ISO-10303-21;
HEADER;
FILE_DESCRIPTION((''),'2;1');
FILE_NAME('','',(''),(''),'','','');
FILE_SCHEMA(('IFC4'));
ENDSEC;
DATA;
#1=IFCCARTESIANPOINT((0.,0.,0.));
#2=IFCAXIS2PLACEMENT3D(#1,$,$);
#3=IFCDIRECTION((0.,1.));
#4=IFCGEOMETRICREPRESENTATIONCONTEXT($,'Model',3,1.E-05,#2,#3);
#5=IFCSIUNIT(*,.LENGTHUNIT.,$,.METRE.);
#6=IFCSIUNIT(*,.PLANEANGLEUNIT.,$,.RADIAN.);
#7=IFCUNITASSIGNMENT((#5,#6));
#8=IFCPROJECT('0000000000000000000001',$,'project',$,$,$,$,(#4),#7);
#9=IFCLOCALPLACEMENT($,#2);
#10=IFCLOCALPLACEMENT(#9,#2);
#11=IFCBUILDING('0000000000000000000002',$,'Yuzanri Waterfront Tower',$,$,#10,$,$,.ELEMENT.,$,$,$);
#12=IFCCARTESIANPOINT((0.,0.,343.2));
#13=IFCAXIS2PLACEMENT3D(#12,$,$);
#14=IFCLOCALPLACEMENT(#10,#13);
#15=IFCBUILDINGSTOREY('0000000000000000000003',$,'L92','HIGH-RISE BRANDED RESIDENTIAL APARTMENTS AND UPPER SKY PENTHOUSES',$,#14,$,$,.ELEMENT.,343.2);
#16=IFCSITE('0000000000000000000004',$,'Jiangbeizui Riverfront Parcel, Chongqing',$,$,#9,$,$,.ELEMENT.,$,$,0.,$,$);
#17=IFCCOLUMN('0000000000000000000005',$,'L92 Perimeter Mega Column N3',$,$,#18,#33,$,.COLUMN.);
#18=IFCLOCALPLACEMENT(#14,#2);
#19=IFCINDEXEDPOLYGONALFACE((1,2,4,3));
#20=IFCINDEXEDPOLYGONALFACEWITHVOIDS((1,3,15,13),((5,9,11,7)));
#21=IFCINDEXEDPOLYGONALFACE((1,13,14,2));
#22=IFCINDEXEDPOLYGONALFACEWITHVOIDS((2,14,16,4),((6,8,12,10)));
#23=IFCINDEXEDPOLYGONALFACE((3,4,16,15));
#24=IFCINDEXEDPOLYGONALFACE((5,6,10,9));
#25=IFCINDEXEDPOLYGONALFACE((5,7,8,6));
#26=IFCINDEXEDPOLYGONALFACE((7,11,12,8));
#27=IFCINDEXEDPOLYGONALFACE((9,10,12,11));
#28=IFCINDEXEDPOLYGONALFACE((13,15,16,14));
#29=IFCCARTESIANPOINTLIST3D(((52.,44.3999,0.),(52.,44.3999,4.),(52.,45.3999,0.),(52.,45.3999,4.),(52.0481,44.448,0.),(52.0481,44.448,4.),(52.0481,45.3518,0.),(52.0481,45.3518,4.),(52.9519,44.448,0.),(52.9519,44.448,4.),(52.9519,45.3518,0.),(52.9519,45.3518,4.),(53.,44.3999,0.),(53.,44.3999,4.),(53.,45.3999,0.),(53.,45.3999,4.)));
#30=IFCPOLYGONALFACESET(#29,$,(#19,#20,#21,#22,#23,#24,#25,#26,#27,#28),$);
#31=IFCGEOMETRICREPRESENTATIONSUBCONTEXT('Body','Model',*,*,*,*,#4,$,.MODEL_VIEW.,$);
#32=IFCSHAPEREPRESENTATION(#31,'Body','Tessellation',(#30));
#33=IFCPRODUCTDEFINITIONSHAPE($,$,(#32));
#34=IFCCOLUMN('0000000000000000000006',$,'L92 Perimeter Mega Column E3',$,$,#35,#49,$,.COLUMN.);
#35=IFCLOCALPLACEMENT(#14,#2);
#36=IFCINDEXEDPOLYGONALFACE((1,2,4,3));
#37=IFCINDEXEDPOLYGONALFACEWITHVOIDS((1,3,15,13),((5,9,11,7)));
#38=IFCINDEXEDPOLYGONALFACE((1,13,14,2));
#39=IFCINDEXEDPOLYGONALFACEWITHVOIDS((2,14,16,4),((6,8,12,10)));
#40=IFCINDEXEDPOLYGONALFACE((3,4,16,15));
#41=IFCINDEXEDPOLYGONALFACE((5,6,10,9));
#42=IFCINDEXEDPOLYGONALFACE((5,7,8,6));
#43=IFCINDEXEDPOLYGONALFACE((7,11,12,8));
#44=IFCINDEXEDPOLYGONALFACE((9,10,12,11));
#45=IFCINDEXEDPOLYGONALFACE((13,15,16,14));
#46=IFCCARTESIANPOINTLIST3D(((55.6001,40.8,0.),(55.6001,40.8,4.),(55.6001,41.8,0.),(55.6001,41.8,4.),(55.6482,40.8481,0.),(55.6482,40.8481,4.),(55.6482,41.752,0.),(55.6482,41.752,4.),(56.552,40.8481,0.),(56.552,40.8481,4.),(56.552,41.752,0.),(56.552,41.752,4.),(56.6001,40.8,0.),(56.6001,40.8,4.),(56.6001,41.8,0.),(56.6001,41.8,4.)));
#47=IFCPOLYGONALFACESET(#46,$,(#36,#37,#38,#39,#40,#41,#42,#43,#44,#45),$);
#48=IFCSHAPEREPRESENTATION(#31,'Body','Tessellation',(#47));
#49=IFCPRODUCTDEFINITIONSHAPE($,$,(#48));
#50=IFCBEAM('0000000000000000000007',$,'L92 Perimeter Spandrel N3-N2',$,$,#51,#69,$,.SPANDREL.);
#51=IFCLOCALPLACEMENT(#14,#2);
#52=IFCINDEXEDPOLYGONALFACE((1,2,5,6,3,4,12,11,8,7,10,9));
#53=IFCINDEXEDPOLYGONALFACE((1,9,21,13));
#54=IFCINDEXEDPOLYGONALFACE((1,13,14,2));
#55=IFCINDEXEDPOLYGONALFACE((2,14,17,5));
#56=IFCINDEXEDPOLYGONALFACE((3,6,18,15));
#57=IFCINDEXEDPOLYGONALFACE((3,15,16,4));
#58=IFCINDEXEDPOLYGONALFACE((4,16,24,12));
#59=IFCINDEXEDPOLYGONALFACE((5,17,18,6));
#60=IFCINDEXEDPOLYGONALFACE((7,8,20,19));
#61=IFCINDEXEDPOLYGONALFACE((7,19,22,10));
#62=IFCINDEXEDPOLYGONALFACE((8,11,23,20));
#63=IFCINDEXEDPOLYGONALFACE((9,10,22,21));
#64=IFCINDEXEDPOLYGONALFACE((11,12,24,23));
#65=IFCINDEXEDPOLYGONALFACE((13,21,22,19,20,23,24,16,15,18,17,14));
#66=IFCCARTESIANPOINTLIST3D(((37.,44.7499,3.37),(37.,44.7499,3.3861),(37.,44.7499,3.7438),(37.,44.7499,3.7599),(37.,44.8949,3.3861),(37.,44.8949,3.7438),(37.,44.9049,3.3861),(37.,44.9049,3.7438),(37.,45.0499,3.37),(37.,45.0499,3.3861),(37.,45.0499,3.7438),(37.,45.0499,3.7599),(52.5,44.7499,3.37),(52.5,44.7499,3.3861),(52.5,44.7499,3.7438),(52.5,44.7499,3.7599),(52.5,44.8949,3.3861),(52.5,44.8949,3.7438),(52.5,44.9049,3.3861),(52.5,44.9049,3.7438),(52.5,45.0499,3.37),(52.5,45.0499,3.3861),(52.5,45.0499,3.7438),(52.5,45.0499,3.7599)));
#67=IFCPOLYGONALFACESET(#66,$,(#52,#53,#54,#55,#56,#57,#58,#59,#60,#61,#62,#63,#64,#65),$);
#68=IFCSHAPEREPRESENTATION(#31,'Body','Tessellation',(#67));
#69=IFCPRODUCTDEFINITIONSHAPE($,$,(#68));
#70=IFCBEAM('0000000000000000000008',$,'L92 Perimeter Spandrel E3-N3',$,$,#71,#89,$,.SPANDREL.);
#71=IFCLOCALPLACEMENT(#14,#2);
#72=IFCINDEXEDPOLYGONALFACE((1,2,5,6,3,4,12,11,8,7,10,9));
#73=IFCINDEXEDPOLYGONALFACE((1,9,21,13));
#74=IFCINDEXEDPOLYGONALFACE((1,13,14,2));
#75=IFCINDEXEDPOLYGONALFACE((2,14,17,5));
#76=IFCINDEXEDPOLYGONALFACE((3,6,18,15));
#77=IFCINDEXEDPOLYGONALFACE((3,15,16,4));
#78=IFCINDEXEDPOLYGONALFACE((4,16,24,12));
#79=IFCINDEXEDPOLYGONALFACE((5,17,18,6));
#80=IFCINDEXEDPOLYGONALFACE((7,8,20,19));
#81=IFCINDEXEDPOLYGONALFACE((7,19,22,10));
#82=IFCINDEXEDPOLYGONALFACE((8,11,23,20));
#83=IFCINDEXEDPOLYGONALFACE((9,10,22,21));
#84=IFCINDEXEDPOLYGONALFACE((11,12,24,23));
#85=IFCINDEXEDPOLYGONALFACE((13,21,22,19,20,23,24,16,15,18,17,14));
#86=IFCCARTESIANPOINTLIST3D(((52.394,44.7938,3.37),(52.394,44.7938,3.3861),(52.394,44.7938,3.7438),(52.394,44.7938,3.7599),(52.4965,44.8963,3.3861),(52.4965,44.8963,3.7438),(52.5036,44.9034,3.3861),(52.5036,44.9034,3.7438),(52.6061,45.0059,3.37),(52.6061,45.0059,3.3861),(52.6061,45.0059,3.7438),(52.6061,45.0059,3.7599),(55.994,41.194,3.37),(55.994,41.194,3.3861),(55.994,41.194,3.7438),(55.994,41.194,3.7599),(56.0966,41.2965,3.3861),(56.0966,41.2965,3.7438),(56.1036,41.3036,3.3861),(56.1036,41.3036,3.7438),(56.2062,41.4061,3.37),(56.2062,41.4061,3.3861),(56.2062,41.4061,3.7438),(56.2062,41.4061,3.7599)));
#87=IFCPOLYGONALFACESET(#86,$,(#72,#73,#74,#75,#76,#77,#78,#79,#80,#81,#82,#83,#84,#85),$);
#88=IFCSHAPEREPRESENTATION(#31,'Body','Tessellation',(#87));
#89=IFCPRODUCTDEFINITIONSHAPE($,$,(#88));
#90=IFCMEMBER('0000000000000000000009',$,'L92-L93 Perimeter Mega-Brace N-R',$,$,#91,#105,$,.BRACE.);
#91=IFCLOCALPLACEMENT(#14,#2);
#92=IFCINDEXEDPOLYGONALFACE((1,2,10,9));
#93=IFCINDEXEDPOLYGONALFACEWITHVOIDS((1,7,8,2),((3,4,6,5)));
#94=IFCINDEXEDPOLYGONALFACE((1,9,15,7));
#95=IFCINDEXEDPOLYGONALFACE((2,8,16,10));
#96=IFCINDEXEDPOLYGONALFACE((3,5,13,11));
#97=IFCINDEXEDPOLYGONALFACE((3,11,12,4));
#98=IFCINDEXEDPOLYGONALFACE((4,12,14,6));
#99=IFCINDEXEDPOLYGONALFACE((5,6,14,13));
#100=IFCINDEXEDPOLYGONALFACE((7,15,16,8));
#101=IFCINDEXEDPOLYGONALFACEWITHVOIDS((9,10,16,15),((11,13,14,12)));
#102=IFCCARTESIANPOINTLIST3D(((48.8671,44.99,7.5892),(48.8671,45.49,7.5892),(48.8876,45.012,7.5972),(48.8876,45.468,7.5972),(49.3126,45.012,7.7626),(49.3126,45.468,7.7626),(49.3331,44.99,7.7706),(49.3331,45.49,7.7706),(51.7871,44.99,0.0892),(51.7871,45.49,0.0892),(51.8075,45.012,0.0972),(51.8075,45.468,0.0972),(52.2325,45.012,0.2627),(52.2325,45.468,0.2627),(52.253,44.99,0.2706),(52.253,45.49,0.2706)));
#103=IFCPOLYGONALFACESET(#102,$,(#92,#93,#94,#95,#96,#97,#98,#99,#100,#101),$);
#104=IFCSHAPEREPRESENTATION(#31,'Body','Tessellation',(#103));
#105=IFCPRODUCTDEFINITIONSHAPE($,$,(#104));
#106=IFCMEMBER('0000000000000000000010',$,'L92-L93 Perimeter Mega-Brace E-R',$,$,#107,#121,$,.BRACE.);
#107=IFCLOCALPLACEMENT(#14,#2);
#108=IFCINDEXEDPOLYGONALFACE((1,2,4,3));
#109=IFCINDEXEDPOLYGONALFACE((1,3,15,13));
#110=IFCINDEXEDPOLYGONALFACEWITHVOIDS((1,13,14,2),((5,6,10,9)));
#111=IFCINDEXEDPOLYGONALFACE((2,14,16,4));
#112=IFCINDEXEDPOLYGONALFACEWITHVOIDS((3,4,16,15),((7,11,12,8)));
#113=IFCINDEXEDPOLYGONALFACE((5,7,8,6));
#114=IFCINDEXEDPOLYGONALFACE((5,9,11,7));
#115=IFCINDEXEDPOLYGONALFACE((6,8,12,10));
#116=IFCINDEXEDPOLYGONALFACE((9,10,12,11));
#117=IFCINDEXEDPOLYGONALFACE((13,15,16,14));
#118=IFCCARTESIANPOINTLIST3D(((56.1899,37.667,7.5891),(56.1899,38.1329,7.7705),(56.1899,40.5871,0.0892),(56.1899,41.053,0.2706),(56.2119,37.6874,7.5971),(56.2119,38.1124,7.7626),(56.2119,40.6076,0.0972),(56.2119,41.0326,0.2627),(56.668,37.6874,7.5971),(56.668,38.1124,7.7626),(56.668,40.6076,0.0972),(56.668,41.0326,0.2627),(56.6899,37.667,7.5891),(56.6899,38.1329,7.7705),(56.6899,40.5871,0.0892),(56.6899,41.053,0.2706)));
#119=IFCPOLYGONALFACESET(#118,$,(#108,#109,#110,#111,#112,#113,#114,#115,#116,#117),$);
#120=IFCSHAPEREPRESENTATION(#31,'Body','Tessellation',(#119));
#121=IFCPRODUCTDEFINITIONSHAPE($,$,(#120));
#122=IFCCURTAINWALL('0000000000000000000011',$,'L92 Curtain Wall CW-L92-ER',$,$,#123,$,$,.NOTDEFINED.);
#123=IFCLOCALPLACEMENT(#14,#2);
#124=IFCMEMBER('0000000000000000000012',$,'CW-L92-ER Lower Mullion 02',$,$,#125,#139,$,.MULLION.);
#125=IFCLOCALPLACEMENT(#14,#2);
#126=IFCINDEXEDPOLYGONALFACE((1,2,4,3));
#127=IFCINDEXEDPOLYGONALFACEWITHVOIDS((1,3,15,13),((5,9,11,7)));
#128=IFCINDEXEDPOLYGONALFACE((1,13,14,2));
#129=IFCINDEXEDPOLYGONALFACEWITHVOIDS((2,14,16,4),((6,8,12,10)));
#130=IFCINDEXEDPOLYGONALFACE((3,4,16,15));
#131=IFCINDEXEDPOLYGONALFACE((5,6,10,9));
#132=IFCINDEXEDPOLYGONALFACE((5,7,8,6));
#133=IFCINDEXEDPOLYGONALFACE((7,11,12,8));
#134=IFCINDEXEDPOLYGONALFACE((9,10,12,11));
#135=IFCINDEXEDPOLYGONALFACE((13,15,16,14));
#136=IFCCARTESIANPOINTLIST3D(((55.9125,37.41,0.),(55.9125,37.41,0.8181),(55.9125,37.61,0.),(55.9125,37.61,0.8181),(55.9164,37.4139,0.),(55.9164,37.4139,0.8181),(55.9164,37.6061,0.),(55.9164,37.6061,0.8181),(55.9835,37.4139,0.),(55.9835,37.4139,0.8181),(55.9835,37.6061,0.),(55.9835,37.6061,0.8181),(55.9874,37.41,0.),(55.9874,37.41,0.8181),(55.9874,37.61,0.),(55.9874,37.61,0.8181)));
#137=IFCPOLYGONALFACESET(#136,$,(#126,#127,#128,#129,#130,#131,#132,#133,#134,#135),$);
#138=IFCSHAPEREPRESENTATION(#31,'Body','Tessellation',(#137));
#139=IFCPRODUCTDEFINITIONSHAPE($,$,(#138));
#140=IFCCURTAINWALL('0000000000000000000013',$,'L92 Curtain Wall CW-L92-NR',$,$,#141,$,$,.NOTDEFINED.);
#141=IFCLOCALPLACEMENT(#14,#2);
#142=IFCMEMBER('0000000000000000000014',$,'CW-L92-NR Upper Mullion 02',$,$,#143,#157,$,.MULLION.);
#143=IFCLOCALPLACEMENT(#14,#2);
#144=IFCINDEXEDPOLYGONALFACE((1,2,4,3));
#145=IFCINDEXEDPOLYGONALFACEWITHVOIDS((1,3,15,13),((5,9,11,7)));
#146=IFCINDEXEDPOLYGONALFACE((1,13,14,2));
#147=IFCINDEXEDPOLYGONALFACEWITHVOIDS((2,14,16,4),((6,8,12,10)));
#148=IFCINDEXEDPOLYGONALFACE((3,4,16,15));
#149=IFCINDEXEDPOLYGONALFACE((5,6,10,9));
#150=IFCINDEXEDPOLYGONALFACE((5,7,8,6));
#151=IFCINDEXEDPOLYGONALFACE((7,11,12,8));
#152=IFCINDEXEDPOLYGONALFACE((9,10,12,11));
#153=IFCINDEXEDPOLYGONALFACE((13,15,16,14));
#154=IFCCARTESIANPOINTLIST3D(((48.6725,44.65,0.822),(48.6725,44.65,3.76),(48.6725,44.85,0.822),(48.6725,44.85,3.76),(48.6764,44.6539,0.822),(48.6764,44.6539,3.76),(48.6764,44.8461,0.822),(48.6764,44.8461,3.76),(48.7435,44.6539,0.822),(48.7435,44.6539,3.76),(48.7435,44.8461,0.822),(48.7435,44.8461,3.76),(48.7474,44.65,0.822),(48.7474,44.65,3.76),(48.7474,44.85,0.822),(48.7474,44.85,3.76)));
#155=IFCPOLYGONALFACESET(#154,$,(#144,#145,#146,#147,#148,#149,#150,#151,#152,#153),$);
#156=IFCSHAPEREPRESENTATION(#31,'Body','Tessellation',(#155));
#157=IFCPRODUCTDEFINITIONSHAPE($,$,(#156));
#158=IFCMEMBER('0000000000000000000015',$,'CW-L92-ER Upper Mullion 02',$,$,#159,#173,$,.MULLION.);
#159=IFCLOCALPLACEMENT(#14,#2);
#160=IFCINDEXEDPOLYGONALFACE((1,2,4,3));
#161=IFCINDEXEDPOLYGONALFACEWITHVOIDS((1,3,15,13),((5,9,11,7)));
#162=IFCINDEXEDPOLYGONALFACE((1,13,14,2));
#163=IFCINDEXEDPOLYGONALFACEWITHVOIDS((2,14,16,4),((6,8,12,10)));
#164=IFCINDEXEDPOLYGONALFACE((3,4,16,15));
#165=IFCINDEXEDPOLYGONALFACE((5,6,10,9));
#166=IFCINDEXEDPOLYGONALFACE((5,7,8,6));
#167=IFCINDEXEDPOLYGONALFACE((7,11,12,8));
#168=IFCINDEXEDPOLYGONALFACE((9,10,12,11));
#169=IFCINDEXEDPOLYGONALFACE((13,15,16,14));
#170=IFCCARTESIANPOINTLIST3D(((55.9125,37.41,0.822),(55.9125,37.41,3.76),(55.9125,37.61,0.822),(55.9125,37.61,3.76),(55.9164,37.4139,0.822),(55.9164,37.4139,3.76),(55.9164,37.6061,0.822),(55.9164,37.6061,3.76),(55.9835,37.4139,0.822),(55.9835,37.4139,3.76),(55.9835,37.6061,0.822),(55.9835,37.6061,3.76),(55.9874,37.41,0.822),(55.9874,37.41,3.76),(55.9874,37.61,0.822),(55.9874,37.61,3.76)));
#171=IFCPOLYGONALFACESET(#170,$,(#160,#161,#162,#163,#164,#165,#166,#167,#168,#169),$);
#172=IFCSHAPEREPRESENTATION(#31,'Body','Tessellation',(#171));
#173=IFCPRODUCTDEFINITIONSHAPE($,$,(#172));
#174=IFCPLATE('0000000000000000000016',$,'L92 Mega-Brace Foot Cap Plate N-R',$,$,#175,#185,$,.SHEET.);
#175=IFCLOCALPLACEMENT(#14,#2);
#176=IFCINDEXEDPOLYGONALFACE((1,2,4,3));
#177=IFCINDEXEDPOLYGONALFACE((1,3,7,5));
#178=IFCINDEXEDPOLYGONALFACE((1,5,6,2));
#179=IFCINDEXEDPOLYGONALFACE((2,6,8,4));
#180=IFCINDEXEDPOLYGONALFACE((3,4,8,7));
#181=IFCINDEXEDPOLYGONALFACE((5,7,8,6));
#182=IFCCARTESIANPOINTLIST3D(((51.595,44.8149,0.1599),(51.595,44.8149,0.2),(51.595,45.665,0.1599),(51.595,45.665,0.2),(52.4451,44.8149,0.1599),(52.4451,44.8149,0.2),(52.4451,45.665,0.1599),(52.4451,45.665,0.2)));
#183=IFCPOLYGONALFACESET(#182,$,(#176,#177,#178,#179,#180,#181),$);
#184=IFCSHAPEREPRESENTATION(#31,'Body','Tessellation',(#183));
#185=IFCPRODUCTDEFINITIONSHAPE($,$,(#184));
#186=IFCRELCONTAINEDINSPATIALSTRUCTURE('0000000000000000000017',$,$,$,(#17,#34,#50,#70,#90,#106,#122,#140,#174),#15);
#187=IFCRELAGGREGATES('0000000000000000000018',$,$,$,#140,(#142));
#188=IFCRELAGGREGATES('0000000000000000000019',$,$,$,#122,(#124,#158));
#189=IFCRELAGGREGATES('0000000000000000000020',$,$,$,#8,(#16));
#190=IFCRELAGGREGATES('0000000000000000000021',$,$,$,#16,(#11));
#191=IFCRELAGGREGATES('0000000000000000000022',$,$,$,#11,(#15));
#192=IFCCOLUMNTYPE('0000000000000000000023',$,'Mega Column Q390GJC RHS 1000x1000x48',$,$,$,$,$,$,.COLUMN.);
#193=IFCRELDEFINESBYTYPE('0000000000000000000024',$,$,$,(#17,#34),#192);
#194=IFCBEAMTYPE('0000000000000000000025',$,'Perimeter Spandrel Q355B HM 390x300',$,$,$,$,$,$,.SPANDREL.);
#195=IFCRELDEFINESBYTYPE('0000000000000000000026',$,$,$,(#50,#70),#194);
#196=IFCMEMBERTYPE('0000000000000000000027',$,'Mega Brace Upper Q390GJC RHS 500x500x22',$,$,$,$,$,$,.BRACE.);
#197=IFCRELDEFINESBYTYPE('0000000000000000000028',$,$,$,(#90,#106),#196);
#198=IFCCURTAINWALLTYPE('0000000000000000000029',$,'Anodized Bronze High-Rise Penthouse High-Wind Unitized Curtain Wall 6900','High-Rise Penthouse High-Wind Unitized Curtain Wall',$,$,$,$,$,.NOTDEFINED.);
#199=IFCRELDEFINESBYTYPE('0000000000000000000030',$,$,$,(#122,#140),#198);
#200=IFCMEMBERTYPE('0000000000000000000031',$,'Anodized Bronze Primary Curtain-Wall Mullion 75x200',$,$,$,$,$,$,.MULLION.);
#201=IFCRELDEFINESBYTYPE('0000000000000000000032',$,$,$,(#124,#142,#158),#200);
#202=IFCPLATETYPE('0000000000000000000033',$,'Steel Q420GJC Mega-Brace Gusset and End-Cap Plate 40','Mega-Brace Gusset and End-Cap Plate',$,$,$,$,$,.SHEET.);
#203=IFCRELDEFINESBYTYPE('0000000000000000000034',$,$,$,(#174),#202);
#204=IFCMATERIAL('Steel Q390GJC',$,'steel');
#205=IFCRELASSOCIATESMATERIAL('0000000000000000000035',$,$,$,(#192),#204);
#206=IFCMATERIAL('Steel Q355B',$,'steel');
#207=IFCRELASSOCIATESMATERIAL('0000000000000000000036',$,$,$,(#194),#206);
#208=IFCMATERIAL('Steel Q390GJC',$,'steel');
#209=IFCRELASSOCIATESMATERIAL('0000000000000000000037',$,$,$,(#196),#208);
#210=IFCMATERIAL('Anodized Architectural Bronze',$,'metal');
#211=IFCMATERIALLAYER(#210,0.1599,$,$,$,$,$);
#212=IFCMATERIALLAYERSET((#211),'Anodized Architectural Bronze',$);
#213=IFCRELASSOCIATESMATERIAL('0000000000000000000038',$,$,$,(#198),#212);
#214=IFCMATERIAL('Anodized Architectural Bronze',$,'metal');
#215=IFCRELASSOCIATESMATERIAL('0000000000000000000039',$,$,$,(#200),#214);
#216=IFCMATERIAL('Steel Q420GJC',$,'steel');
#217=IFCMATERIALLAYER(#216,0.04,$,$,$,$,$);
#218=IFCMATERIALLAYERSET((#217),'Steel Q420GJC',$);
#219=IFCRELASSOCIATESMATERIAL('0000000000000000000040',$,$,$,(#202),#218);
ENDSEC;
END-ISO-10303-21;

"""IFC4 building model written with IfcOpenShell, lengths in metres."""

from ifc_helpers import new_model, si_unit, direction, frame, origin, origin_2d, place, context, subcontext, project, spatial, rectangle, hollow_rectangle, i_section, extrude, source, transform, mapped, material, layer, layer_set, material_profile, profile_set, type_object, element, aggregate, save


model = new_model("IFC4")

# Units and contexts
model_context = context("Model", 3, precision=1e-05, world=origin(), true_north=direction((0.0, 1.0)))
body_context = subcontext(model_context, "Body", "Model", "MODEL_VIEW")
ifc_project = project(units=[si_unit("LENGTHUNIT", "METRE"), si_unit("PLANEANGLEUNIT", "RADIAN")], contexts=[model_context])

# Site, building, storey
site_placement = place(None, origin())
site = spatial("IfcSite", under=ifc_project, at=site_placement, Name="Jiangbeizui Riverfront Parcel, Chongqing", CompositionType="ELEMENT", RefElevation=0.0)
building_placement = place(site_placement, origin())
building = spatial("IfcBuilding", under=site, at=building_placement, Name="Yuzanri Waterfront Tower", CompositionType="ELEMENT")
storey_placement = place(building_placement, frame((0.0, 0.0, 343.2)))
storey = spatial("IfcBuildingStorey", under=building, at=storey_placement, Name="L92", Description="HIGH-RISE BRANDED RESIDENTIAL APARTMENTS AND UPPER SKY PENTHOUSES", CompositionType="ELEMENT", Elevation=343.2)

# Columns
ifc_material_1 = material(Name="Steel Q390GJC", Category="steel")
ifc_material_profile_1 = material_profile(ifc_material_1, hollow_rectangle(XDim=1.0, YDim=1.0, WallThickness=0.0481, at=origin_2d()), Name="RHS 1000x1000x48")
ifc_profile_set_1 = profile_set([ifc_material_profile_1], Name="Steel Q390GJC")
column_type = type_object("IfcColumnType", Name="Mega Column Q390GJC RHS 1000x1000x48", PredefinedType="COLUMN", material=ifc_profile_set_1)
shared_shape_1 = source(origin(), body_context, "Body", "SweptSolid", [
    extrude(hollow_rectangle(XDim=1.0, YDim=1.0, WallThickness=0.0481, at=origin_2d()), origin(), (0.0, 0.0, 1.0), 4.0),
])
for number, where, z_axis, x_axis, name in (
    (1, (52.5, 44.8999, 0.0), (0.0, 0.0, 1.0), (1.0, 0.0, 0.0), "L92 Perimeter Mega Column N3"),
    (2, (56.1001, 41.3, 0.0), (0.0, 0.0, 1.0), (1.0, 0.0, 0.0), "L92 Perimeter Mega Column E3"),
):
    element("IfcColumn", number, at=place(storey_placement, frame(where, z_axis=z_axis, x_axis=x_axis)), inside=storey, type_object=column_type, Name=name, PredefinedType="COLUMN", context=body_context, shape_type="MappedRepresentation", body=[
        mapped(shared_shape_1, transform((0.0, 0.0, 0.0), scale=1.0)),
    ])

# Beams
ifc_material_2 = material(Name="Steel Q355B", Category="steel")
ifc_material_profile_2 = material_profile(ifc_material_2, i_section(OverallWidth=0.3, OverallDepth=0.3899, WebThickness=0.01, FlangeThickness=0.0161, at=origin_2d()), Name="HM 390x300x10x16")
ifc_profile_set_2 = profile_set([ifc_material_profile_2], Name="Steel Q355B")
beam_type = type_object("IfcBeamType", Name="Perimeter Spandrel Q355B HM 390x300", PredefinedType="SPANDREL", material=ifc_profile_set_2)
shared_shape_2 = source(origin(), body_context, "Body", "SweptSolid", [
    extrude(i_section(OverallWidth=0.3, OverallDepth=0.3899, WebThickness=0.01, FlangeThickness=0.0161, at=origin_2d()), origin(), (0.0, 0.0, 1.0), 15.5),
])
beam_1_placement = place(storey_placement, frame((52.5, 44.8999, 3.5649), z_axis=(-1.0, 0.0, 0.0), x_axis=(0.0, -1.0, 0.0)))
element("IfcBeam", 3, at=beam_1_placement, inside=storey, type_object=beam_type, Name="L92 Perimeter Spandrel N3-N2", PredefinedType="SPANDREL", context=body_context, shape_type="MappedRepresentation", body=[
    mapped(shared_shape_2, transform((0.0, 0.0, 0.0), scale=1.0)),
])
shared_shape_3 = source(origin(), body_context, "Body", "SweptSolid", [
    extrude(i_section(OverallWidth=0.3, OverallDepth=0.3899, WebThickness=0.01, FlangeThickness=0.0161, at=origin_2d()), origin(), (0.0, 0.0, 1.0), 5.0911),
])
beam_2_placement = place(storey_placement, frame((56.1001, 41.3, 3.5649), z_axis=(-0.707131, 0.707083, 0.0), x_axis=(-0.707083, -0.707131, 0.0)))
element("IfcBeam", 4, at=beam_2_placement, inside=storey, type_object=beam_type, Name="L92 Perimeter Spandrel E3-N3", PredefinedType="SPANDREL", context=body_context, shape_type="MappedRepresentation", body=[
    mapped(shared_shape_3, transform((0.0, 0.0, 0.0), scale=1.0)),
])

# Members
ifc_material_3 = material(Name="Steel Q390GJC", Category="steel")
ifc_material_profile_3 = material_profile(ifc_material_3, hollow_rectangle(XDim=0.5, YDim=0.5, WallThickness=0.022, at=origin_2d()), Name="RHS 500x500x22")
ifc_profile_set_3 = profile_set([ifc_material_profile_3], Name="Steel Q390GJC")
member_type_1 = type_object("IfcMemberType", Name="Mega Brace Upper Q390GJC RHS 500x500x22", PredefinedType="BRACE", material=ifc_profile_set_3)
shared_shape_4 = source(origin(), body_context, "Body", "SweptSolid", [
    extrude(hollow_rectangle(XDim=0.5, YDim=0.5, WallThickness=0.022, at=origin_2d()), origin(), (0.0, 0.0, 1.0), 8.0483),
])
for number, where, z_axis, x_axis, name in (
    (5, (52.02, 45.24, 0.1799), (-0.362798, 0.0, 0.931868), (0.0, -1.0, 0.0), "L92-L93 Perimeter Mega-Brace N-R"),
    (6, (56.4399, 40.8201, 0.1799), (0.0, -0.362824, 0.931858), (1.0, 0.0, 0.0), "L92-L93 Perimeter Mega-Brace E-R"),
):
    element("IfcMember", number, at=place(storey_placement, frame(where, z_axis=z_axis, x_axis=x_axis)), inside=storey, type_object=member_type_1, Name=name, PredefinedType="BRACE", context=body_context, shape_type="MappedRepresentation", body=[
        mapped(shared_shape_4, transform((0.0, 0.0, 0.0), scale=1.0)),
    ])

# Curtain walls, members
ifc_material_4 = material(Name="Anodized Architectural Bronze", Category="metal")
ifc_layer_1 = layer(ifc_material_4, 0.1599)
ifc_layer_set_1 = layer_set([ifc_layer_1], Name="Anodized Architectural Bronze")
curtain_wall_type = type_object("IfcCurtainWallType", Name="Anodized Bronze High-Rise Penthouse High-Wind Unitized Curtain Wall 6900", Description="High-Rise Penthouse High-Wind Unitized Curtain Wall", PredefinedType="NOTDEFINED", material=ifc_layer_set_1)
curtain_wall_1_placement = place(storey_placement, origin())
curtain_wall_1 = element("IfcCurtainWall", 7, at=curtain_wall_1_placement, inside=storey, type_object=curtain_wall_type, Name="L92 Curtain Wall CW-L92-ER", PredefinedType="NOTDEFINED")
ifc_material_5 = material(Name="Anodized Architectural Bronze", Category="metal")
ifc_material_profile_4 = material_profile(ifc_material_5, hollow_rectangle(XDim=0.075, YDim=0.2, WallThickness=0.0039, at=origin_2d()), Name="CWM 75x200")
ifc_profile_set_4 = profile_set([ifc_material_profile_4], Name="Anodized Architectural Bronze")
member_type_2 = type_object("IfcMemberType", Name="Anodized Bronze Primary Curtain-Wall Mullion 75x200", PredefinedType="MULLION", material=ifc_profile_set_4)
shared_shape_5 = source(origin(), body_context, "Body", "SweptSolid", [
    extrude(hollow_rectangle(XDim=0.075, YDim=0.2, WallThickness=0.0039, at=origin_2d()), origin(), (0.0, 0.0, 1.0), 0.8181),
])
member_1_placement = place(storey_placement, frame((55.95, 37.51, 0.0), z_axis=(0.0, 0.0, 1.0), x_axis=(1.0, 0.0, 0.0)))
member_1 = element("IfcMember", 8, at=member_1_placement, type_object=member_type_2, Name="CW-L92-ER Lower Mullion 02", PredefinedType="MULLION", context=body_context, shape_type="MappedRepresentation", body=[
    mapped(shared_shape_5, transform((0.0, 0.0, 0.0), scale=1.0)),
])
curtain_wall_2_placement = place(storey_placement, origin())
curtain_wall_2 = element("IfcCurtainWall", 9, at=curtain_wall_2_placement, inside=storey, type_object=curtain_wall_type, Name="L92 Curtain Wall CW-L92-NR", PredefinedType="NOTDEFINED")
shared_shape_6 = source(origin(), body_context, "Body", "SweptSolid", [
    extrude(hollow_rectangle(XDim=0.075, YDim=0.2, WallThickness=0.0039, at=origin_2d()), origin(), (0.0, 0.0, 1.0), 2.938),
])
member_2_placement = place(storey_placement, frame((48.71, 44.75, 0.822), z_axis=(0.0, 0.0, 1.0), x_axis=(1.0, 0.0, 0.0)))
member_2 = element("IfcMember", 10, at=member_2_placement, type_object=member_type_2, Name="CW-L92-NR Upper Mullion 02", PredefinedType="MULLION", context=body_context, shape_type="MappedRepresentation", body=[
    mapped(shared_shape_6, transform((0.0, 0.0, 0.0), scale=1.0)),
])
aggregate(curtain_wall_2, [member_2])

# Member
member_3_placement = place(storey_placement, frame((55.95, 37.51, 0.822), z_axis=(0.0, 0.0, 1.0), x_axis=(1.0, 0.0, 0.0)))
member_3 = element("IfcMember", 11, at=member_3_placement, type_object=member_type_2, Name="CW-L92-ER Upper Mullion 02", PredefinedType="MULLION", context=body_context, shape_type="MappedRepresentation", body=[
    mapped(shared_shape_6, transform((0.0, 0.0, 0.0), scale=1.0)),
])

# Plate
ifc_material_6 = material(Name="Steel Q420GJC", Category="steel")
ifc_layer_2 = layer(ifc_material_6, 0.04)
ifc_layer_set_2 = layer_set([ifc_layer_2], Name="Steel Q420GJC")
plate_type_1 = type_object("IfcPlateType", Name="Steel Q420GJC Mega-Brace Gusset and End-Cap Plate 40", Description="Mega-Brace Gusset and End-Cap Plate", PredefinedType="SHEET", material=ifc_layer_set_2)
shared_shape_7 = source(origin(), body_context, "Body", "SweptSolid", [
    extrude(rectangle(XDim=0.8501, YDim=0.8501, at=origin_2d()), origin(), (0.0, 0.0, 1.0), 0.04),
])
for number, where, z_axis, x_axis, name in (
    (12, (52.02, 45.24, 0.1599), (0.0, 0.0, 1.0), (1.0, 0.0, 0.0), "L92 Mega-Brace Foot Cap Plate N-R"),
):
    element("IfcPlate", number, at=place(storey_placement, frame(where, z_axis=z_axis, x_axis=x_axis)), inside=storey, type_object=plate_type_1, Name=name, PredefinedType="SHEET", context=body_context, shape_type="MappedRepresentation", body=[
        mapped(shared_shape_7, transform((0.0, 0.0, 0.0), scale=1.0)),
    ])

aggregate(curtain_wall_1, [member_1, member_3])

save(model, "model.ifc")
